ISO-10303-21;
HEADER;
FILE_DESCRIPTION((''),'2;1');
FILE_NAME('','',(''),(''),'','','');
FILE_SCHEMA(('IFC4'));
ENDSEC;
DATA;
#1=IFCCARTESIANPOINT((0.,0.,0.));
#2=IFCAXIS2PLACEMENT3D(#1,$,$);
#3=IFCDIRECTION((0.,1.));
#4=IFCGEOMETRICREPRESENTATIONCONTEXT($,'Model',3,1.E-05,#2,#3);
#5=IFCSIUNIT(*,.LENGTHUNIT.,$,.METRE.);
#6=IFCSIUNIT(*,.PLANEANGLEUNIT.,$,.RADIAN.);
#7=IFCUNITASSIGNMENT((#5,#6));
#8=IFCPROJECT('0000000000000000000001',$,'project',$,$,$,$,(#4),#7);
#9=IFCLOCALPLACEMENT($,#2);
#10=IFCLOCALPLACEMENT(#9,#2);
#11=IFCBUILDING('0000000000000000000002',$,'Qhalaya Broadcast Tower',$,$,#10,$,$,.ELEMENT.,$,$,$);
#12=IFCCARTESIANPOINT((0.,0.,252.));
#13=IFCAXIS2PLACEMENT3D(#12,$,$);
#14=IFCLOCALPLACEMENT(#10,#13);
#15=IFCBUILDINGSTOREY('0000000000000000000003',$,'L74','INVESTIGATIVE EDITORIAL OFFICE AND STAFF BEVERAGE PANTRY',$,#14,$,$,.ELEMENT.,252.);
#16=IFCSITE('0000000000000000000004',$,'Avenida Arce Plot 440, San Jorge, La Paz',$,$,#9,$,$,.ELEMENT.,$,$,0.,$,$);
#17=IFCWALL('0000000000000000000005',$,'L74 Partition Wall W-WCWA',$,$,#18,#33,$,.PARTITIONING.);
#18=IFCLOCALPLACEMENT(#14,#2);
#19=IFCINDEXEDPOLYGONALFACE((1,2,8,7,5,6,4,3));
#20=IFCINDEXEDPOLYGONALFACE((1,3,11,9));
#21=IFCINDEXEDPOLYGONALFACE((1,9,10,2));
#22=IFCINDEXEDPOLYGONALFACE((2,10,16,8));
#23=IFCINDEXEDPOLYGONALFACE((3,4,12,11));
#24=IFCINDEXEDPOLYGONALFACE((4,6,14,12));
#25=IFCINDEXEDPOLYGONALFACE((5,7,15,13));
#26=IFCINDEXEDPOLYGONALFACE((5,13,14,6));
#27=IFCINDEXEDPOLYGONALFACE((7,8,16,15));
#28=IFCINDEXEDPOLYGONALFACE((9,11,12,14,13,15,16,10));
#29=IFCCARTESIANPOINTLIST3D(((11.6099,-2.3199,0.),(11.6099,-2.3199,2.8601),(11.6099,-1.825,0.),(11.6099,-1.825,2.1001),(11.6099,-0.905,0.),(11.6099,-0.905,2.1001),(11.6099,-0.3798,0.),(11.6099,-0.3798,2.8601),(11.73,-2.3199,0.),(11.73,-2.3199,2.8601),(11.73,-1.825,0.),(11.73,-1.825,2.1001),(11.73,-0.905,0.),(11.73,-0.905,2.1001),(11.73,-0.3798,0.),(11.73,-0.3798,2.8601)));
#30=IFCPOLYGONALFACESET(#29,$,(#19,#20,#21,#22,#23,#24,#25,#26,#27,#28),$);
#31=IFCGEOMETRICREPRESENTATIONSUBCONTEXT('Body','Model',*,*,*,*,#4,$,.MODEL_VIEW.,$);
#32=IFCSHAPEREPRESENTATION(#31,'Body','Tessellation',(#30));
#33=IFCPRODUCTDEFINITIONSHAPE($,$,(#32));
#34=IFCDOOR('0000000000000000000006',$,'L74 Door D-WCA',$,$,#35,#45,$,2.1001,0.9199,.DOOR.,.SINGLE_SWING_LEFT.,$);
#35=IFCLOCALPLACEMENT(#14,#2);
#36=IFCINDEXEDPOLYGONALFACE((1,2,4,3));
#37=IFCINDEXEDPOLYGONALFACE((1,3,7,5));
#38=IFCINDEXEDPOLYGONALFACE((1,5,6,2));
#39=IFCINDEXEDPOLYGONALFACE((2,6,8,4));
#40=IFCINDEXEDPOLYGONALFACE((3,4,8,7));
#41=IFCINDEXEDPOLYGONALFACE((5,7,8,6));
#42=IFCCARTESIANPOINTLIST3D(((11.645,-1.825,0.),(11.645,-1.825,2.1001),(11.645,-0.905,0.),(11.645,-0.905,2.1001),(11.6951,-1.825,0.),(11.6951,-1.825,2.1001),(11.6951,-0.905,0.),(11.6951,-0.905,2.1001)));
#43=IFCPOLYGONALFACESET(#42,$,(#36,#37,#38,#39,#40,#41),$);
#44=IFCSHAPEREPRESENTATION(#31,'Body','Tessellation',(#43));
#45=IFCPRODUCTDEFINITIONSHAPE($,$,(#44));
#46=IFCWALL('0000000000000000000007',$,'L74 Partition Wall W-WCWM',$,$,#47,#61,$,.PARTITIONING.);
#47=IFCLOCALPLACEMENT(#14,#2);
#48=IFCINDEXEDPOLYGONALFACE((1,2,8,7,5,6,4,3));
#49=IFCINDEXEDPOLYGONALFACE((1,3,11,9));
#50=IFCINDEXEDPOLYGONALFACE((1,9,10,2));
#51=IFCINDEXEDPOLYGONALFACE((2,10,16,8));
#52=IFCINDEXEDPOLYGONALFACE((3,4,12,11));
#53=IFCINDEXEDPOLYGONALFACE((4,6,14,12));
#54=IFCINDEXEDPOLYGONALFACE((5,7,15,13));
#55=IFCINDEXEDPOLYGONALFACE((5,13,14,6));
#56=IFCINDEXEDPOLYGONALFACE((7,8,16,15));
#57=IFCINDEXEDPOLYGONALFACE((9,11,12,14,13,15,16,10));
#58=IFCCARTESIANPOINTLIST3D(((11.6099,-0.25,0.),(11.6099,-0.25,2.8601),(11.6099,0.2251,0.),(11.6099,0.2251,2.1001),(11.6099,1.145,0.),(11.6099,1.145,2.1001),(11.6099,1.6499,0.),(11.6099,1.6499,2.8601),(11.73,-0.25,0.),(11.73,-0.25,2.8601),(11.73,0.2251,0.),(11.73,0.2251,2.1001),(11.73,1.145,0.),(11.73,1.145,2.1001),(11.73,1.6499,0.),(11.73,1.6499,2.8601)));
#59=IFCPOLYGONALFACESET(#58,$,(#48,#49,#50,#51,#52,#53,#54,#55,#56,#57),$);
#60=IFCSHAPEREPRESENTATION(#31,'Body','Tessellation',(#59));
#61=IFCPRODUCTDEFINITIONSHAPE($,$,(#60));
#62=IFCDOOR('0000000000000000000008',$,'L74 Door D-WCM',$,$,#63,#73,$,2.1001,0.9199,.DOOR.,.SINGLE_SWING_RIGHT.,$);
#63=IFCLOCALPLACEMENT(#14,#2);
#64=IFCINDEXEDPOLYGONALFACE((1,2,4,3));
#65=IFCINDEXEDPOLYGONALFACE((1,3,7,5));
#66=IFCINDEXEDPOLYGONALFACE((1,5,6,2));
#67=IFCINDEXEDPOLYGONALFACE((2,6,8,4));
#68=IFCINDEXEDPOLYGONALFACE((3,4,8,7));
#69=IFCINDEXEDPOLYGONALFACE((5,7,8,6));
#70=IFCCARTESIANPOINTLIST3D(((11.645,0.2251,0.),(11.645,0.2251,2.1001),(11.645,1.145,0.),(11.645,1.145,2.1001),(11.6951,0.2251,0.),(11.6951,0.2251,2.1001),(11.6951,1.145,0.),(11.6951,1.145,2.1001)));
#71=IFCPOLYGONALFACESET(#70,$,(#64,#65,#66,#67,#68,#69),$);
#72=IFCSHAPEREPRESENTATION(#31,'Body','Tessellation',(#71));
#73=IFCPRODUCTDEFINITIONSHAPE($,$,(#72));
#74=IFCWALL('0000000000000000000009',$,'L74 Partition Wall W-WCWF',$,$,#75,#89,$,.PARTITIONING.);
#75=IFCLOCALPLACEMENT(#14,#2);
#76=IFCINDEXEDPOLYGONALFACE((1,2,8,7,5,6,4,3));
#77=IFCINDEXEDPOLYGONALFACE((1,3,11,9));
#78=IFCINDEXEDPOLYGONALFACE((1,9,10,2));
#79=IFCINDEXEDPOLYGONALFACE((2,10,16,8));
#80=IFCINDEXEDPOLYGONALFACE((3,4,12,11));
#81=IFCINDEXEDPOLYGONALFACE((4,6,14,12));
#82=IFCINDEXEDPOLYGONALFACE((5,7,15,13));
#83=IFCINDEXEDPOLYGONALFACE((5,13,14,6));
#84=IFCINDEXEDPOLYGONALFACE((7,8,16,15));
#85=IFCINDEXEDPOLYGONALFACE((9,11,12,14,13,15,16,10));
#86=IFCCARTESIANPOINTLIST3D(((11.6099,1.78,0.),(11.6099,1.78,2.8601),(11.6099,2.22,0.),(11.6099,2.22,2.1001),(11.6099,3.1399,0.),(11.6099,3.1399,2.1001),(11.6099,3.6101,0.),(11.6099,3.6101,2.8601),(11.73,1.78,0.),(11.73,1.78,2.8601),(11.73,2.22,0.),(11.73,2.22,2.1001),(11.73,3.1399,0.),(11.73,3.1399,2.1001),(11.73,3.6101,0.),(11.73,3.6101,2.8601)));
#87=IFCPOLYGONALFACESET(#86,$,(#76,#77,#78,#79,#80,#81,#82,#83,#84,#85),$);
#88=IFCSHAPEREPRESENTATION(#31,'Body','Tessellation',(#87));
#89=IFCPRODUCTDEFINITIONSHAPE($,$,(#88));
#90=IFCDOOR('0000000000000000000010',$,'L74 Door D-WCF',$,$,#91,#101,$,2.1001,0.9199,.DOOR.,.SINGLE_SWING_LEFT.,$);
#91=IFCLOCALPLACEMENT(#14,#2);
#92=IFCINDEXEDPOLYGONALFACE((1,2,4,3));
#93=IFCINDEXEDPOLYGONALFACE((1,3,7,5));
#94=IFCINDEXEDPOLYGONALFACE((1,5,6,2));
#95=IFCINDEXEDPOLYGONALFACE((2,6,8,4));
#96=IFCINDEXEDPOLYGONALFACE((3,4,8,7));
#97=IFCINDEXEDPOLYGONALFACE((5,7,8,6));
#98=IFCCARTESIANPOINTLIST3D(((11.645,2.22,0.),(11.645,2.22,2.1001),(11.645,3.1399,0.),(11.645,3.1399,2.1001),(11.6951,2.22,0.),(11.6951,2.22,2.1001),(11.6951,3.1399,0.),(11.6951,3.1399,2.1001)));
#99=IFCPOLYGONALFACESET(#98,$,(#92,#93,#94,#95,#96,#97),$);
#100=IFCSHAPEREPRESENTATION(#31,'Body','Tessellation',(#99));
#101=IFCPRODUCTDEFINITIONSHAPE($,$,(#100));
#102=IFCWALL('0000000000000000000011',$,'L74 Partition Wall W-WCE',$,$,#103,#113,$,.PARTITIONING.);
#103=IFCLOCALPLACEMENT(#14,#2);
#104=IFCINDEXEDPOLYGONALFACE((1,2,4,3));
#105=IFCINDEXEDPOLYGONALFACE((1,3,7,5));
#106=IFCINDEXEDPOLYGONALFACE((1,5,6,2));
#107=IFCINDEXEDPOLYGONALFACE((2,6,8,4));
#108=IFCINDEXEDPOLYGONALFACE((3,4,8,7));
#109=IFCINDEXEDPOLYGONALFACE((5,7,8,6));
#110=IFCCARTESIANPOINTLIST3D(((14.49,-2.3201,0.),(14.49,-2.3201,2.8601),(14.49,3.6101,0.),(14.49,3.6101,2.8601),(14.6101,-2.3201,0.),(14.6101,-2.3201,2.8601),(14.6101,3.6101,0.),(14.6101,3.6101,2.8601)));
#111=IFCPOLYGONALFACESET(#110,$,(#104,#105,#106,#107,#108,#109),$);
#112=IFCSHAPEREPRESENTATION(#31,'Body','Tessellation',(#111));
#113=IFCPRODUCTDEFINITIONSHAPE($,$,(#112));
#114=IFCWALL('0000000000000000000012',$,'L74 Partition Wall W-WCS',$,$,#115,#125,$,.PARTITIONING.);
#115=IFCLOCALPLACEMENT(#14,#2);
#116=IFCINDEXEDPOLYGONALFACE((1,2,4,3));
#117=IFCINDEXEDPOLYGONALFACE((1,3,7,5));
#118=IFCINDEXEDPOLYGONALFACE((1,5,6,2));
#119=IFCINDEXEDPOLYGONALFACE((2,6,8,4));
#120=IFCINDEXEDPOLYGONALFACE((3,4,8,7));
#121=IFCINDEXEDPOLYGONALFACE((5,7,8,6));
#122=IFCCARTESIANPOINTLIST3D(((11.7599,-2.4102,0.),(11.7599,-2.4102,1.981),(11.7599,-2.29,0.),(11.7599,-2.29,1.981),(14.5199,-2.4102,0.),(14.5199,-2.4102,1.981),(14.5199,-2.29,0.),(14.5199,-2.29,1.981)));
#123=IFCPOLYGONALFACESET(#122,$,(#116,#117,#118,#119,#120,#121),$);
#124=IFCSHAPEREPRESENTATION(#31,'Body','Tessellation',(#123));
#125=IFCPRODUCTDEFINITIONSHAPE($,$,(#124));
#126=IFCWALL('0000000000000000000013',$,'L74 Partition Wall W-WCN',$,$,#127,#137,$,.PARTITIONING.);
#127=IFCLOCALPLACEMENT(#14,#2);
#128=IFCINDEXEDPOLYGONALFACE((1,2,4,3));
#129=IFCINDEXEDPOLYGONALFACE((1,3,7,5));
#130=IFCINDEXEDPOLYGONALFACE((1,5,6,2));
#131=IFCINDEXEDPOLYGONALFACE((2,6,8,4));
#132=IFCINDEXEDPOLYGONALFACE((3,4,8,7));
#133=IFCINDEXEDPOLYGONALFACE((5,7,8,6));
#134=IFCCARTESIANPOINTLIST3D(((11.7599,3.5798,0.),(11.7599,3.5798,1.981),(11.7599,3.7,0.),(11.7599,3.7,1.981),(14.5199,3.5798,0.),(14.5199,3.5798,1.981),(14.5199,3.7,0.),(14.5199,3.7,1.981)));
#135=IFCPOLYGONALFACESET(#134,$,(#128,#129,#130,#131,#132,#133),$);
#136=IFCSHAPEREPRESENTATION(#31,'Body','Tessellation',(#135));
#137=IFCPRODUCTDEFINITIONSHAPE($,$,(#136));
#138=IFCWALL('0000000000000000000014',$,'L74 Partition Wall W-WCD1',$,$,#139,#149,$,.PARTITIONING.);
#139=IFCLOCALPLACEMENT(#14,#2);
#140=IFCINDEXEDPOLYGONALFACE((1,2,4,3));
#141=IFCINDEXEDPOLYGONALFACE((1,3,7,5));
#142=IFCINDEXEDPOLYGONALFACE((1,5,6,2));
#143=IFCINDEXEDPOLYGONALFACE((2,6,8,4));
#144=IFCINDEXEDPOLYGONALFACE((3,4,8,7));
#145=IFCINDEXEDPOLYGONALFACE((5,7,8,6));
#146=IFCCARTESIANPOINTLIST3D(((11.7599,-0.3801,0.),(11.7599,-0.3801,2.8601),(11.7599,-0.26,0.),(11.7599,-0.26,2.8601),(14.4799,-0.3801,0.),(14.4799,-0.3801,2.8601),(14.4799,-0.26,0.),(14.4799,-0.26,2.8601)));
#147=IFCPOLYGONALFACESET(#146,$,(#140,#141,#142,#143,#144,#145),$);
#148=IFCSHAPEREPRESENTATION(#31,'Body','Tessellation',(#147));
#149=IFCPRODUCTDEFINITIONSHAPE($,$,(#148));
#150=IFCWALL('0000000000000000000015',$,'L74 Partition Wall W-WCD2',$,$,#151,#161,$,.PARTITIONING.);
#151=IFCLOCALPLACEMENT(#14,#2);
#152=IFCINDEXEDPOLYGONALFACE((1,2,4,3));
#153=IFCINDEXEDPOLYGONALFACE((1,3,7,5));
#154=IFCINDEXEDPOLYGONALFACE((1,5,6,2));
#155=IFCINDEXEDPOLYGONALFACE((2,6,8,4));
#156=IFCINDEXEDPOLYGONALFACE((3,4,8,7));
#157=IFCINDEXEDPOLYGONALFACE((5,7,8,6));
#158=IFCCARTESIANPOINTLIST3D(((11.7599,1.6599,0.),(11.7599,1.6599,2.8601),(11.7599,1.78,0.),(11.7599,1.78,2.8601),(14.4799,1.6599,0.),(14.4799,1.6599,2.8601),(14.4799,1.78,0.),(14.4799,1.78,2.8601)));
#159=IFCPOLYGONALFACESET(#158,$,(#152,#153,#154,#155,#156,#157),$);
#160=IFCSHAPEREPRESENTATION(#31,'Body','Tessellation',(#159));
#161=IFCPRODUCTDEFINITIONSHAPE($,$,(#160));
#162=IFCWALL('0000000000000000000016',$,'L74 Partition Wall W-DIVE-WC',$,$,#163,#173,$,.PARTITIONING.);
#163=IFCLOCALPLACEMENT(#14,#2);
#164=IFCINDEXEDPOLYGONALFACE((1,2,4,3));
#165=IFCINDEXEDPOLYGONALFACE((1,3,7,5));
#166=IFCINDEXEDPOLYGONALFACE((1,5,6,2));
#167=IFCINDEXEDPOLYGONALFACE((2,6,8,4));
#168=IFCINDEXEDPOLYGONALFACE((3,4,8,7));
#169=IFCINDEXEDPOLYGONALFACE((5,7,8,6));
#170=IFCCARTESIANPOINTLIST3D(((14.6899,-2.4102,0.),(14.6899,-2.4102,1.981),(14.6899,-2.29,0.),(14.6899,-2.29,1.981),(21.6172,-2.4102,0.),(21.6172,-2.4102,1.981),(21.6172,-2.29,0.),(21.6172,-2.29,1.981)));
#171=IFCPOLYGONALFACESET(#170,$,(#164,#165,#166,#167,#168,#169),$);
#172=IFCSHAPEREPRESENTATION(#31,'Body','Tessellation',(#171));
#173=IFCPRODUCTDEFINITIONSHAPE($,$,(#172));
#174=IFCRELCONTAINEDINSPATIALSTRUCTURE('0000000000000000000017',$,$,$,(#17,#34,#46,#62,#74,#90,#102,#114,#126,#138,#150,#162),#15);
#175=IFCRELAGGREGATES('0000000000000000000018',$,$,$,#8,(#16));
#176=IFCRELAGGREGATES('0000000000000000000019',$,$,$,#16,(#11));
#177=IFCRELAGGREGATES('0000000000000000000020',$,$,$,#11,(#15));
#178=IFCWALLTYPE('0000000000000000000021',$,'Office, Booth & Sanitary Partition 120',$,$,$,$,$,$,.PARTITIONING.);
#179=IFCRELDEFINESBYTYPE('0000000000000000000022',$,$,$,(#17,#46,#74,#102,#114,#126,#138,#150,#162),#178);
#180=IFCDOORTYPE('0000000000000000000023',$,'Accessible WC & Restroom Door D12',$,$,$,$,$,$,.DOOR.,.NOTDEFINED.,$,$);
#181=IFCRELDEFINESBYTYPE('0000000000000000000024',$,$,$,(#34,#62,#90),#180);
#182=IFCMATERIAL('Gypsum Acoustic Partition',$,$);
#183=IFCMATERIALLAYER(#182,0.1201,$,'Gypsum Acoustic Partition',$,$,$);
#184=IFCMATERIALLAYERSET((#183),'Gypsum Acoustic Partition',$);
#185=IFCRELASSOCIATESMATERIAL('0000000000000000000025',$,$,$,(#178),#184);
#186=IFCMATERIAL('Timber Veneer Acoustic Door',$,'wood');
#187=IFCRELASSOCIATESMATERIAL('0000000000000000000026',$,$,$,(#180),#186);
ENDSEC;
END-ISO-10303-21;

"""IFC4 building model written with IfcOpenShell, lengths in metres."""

from ifc_helpers import new_model, si_unit, direction, frame, frame_2d, origin, place, context, subcontext, project, spatial, rectangle, extrude, material, layer, layer_set, type_object, element, fill, save


model = new_model("IFC4")

# Units and contexts
model_context = context("Model", 3, precision=1e-05, world=origin(), true_north=direction((0.0, 1.0)))
body_context = subcontext(model_context, "Body", "Model", "MODEL_VIEW")
ifc_project = project(units=[si_unit("LENGTHUNIT", "METRE"), si_unit("PLANEANGLEUNIT", "RADIAN")], contexts=[model_context])

# Site, building, storey
site_placement = place(None, origin())
site = spatial("IfcSite", under=ifc_project, at=site_placement, Name="Avenida Arce Plot 440, San Jorge, La Paz", CompositionType="ELEMENT", RefElevation=0.0)
building_placement = place(site_placement, origin())
building = spatial("IfcBuilding", under=site, at=building_placement, Name="Qhalaya Broadcast Tower", CompositionType="ELEMENT")
storey_placement = place(building_placement, frame((0.0, 0.0, 252.0)))
storey = spatial("IfcBuildingStorey", under=building, at=storey_placement, Name="L74", Description="INVESTIGATIVE EDITORIAL OFFICE AND STAFF BEVERAGE PANTRY", CompositionType="ELEMENT", Elevation=252.0)

# Walls, openings, doors
ifc_material_1 = material(Name="Gypsum Acoustic Partition")
ifc_material_2 = material(Name="Timber Veneer Acoustic Door", Category="wood")
ifc_layer_1 = layer(ifc_material_1, 0.1201, Name="Gypsum Acoustic Partition")
ifc_layer_set_1 = layer_set([ifc_layer_1], Name="Gypsum Acoustic Partition")
wall_type_1 = type_object("IfcWallType", Name="Office, Booth & Sanitary Partition 120", PredefinedType="PARTITIONING", material=ifc_layer_set_1)
wall_1_placement = place(storey_placement, frame((11.6699, -2.3201, 0.0), z_axis=(0.0, 0.0, 1.0), x_axis=(0.0, 1.0, 0.0)))
wall_1 = element("IfcWall", 1, at=wall_1_placement, inside=storey, type_object=wall_type_1, Name="L74 Partition Wall W-WCWA", PredefinedType="PARTITIONING", context=body_context, shape_type="SweptSolid", body=[
    extrude(rectangle(XDim=1.9402, YDim=0.1201, at=frame_2d((0.9702, 0.0))), origin(), (0.0, 0.0, 1.0), 2.8601),
])
opening_1_placement = place(wall_1_placement, frame((0.4951, 0.0, 0.0)))
opening_1 = element("IfcOpeningElement", 2, at=opening_1_placement, cuts=wall_1, PredefinedType="OPENING", context=body_context, shape_type="SweptSolid", body=[
    extrude(rectangle(XDim=0.9199, YDim=2.1001, at=frame_2d((0.46, 1.05))), frame((0.0, 0.072, 0.0), z_axis=(0.0, -1.0, 0.0), x_axis=(1.0, 0.0, 0.0)), (0.0, 0.0, 1.0), 0.144),
])
door_type_1 = type_object("IfcDoorType", Name="Accessible WC & Restroom Door D12", OperationType="NOTDEFINED", PredefinedType="DOOR", material=ifc_material_2)
door_1_placement = place(opening_1_placement, origin())
door_1 = element("IfcDoor", 3, at=door_1_placement, inside=storey, type_object=door_type_1, Name="L74 Door D-WCA", OperationType="SINGLE_SWING_LEFT", OverallHeight=2.1001, OverallWidth=0.9199, PredefinedType="DOOR", context=body_context, shape_type="SweptSolid", body=[
    extrude(rectangle(XDim=0.9199, YDim=2.1001, at=frame_2d((0.46, 1.05))), frame((0.0, 0.0249, 0.0), z_axis=(0.0, -1.0, 0.0), x_axis=(1.0, 0.0, 0.0)), (0.0, 0.0, 1.0), 0.05),
])
fill(opening_1, door_1)
wall_2_placement = place(storey_placement, frame((11.6699, -0.25, 0.0), z_axis=(0.0, 0.0, 1.0), x_axis=(0.0, 1.0, 0.0)))
wall_2 = element("IfcWall", 4, at=wall_2_placement, inside=storey, type_object=wall_type_1, Name="L74 Partition Wall W-WCWM", PredefinedType="PARTITIONING", context=body_context, shape_type="SweptSolid", body=[
    extrude(rectangle(XDim=1.8999, YDim=0.1201, at=frame_2d((0.95, 0.0))), origin(), (0.0, 0.0, 1.0), 2.8601),
])
opening_2_placement = place(wall_2_placement, frame((0.4751, 0.0, 0.0)))
opening_2 = element("IfcOpeningElement", 5, at=opening_2_placement, cuts=wall_2, PredefinedType="OPENING", context=body_context, shape_type="SweptSolid", body=[
    extrude(rectangle(XDim=0.9199, YDim=2.1001, at=frame_2d((0.46, 1.05))), frame((0.0, 0.072, 0.0), z_axis=(0.0, -1.0, 0.0), x_axis=(1.0, 0.0, 0.0)), (0.0, 0.0, 1.0), 0.144),
])
door_2_placement = place(opening_2_placement, origin())
door_2 = element("IfcDoor", 6, at=door_2_placement, inside=storey, type_object=door_type_1, Name="L74 Door D-WCM", OperationType="SINGLE_SWING_RIGHT", OverallHeight=2.1001, OverallWidth=0.9199, PredefinedType="DOOR", context=body_context, shape_type="SweptSolid", body=[
    extrude(rectangle(XDim=0.9199, YDim=2.1001, at=frame_2d((0.46, 1.05))), frame((0.0, 0.0249, 0.0), z_axis=(0.0, -1.0, 0.0), x_axis=(1.0, 0.0, 0.0)), (0.0, 0.0, 1.0), 0.05),
])
fill(opening_2, door_2)
wall_3_placement = place(storey_placement, frame((11.6699, 1.78, 0.0), z_axis=(0.0, 0.0, 1.0), x_axis=(0.0, 1.0, 0.0)))
wall_3 = element("IfcWall", 7, at=wall_3_placement, inside=storey, type_object=wall_type_1, Name="L74 Partition Wall W-WCWF", PredefinedType="PARTITIONING", context=body_context, shape_type="SweptSolid", body=[
    extrude(rectangle(XDim=1.8301, YDim=0.1201, at=frame_2d((0.915, 0.0))), origin(), (0.0, 0.0, 1.0), 2.8601),
])
opening_3_placement = place(wall_3_placement, frame((0.4399, 0.0, 0.0)))
opening_3 = element("IfcOpeningElement", 8, at=opening_3_placement, cuts=wall_3, PredefinedType="OPENING", context=body_context, shape_type="SweptSolid", body=[
    extrude(rectangle(XDim=0.9199, YDim=2.1001, at=frame_2d((0.46, 1.05))), frame((0.0, 0.072, 0.0), z_axis=(0.0, -1.0, 0.0), x_axis=(1.0, 0.0, 0.0)), (0.0, 0.0, 1.0), 0.144),
])
door_3_placement = place(opening_3_placement, origin())
door_3 = element("IfcDoor", 9, at=door_3_placement, inside=storey, type_object=door_type_1, Name="L74 Door D-WCF", OperationType="SINGLE_SWING_LEFT", OverallHeight=2.1001, OverallWidth=0.9199, PredefinedType="DOOR", context=body_context, shape_type="SweptSolid", body=[
    extrude(rectangle(XDim=0.9199, YDim=2.1001, at=frame_2d((0.46, 1.05))), frame((0.0, 0.0249, 0.0), z_axis=(0.0, -1.0, 0.0), x_axis=(1.0, 0.0, 0.0)), (0.0, 0.0, 1.0), 0.05),
])
fill(opening_3, door_3)

# Walls
wall_4_placement = place(storey_placement, frame((14.55, -2.3201, 0.0), z_axis=(0.0, 0.0, 1.0), x_axis=(0.0, 1.0, 0.0)))
element("IfcWall", 10, at=wall_4_placement, inside=storey, type_object=wall_type_1, Name="L74 Partition Wall W-WCE", PredefinedType="PARTITIONING", context=body_context, shape_type="SweptSolid", body=[
    extrude(rectangle(XDim=5.9302, YDim=0.1201, at=frame_2d((2.9651, 0.0))), origin(), (0.0, 0.0, 1.0), 2.8601),
])
for number, where, z_axis, x_axis, name in (
    (11, (11.76, -2.3501, 0.0), (0.0, 0.0, 1.0), (1.0, 0.0, 0.0), "L74 Partition Wall W-WCS"),
    (12, (11.76, 3.6399, 0.0), (0.0, 0.0, 1.0), (1.0, 0.0, 0.0), "L74 Partition Wall W-WCN"),
):
    element("IfcWall", number, at=place(storey_placement, frame(where, z_axis=z_axis, x_axis=x_axis)), inside=storey, type_object=wall_type_1, Name=name, PredefinedType="PARTITIONING", context=body_context, shape_type="SweptSolid", body=[
        extrude(rectangle(XDim=2.76, YDim=0.1201, at=frame_2d((1.3799, 0.0))), origin(), (0.0, 0.0, 1.0), 1.981),
    ])
for number, where, z_axis, x_axis, name in (
    (13, (11.76, -0.3201, 0.0), (0.0, 0.0, 1.0), (1.0, 0.0, 0.0), "L74 Partition Wall W-WCD1"),
    (14, (11.76, 1.72, 0.0), (0.0, 0.0, 1.0), (1.0, 0.0, 0.0), "L74 Partition Wall W-WCD2"),
):
    element("IfcWall", number, at=place(storey_placement, frame(where, z_axis=z_axis, x_axis=x_axis)), inside=storey, type_object=wall_type_1, Name=name, PredefinedType="PARTITIONING", context=body_context, shape_type="SweptSolid", body=[
        extrude(rectangle(XDim=2.72, YDim=0.1201, at=frame_2d((1.3599, 0.0))), origin(), (0.0, 0.0, 1.0), 2.8601),
    ])
wall_5_placement = place(storey_placement, frame((14.6899, -2.3501, 0.0), z_axis=(0.0, 0.0, 1.0), x_axis=(1.0, 0.0, 0.0)))
element("IfcWall", 15, at=wall_5_placement, inside=storey, type_object=wall_type_1, Name="L74 Partition Wall W-DIVE-WC", PredefinedType="PARTITIONING", context=body_context, shape_type="SweptSolid", body=[
    extrude(rectangle(XDim=6.9272, YDim=0.1201, at=frame_2d((3.4636, 0.0))), origin(), (0.0, 0.0, 1.0), 1.981),
])

save(model, "model.ifc")
